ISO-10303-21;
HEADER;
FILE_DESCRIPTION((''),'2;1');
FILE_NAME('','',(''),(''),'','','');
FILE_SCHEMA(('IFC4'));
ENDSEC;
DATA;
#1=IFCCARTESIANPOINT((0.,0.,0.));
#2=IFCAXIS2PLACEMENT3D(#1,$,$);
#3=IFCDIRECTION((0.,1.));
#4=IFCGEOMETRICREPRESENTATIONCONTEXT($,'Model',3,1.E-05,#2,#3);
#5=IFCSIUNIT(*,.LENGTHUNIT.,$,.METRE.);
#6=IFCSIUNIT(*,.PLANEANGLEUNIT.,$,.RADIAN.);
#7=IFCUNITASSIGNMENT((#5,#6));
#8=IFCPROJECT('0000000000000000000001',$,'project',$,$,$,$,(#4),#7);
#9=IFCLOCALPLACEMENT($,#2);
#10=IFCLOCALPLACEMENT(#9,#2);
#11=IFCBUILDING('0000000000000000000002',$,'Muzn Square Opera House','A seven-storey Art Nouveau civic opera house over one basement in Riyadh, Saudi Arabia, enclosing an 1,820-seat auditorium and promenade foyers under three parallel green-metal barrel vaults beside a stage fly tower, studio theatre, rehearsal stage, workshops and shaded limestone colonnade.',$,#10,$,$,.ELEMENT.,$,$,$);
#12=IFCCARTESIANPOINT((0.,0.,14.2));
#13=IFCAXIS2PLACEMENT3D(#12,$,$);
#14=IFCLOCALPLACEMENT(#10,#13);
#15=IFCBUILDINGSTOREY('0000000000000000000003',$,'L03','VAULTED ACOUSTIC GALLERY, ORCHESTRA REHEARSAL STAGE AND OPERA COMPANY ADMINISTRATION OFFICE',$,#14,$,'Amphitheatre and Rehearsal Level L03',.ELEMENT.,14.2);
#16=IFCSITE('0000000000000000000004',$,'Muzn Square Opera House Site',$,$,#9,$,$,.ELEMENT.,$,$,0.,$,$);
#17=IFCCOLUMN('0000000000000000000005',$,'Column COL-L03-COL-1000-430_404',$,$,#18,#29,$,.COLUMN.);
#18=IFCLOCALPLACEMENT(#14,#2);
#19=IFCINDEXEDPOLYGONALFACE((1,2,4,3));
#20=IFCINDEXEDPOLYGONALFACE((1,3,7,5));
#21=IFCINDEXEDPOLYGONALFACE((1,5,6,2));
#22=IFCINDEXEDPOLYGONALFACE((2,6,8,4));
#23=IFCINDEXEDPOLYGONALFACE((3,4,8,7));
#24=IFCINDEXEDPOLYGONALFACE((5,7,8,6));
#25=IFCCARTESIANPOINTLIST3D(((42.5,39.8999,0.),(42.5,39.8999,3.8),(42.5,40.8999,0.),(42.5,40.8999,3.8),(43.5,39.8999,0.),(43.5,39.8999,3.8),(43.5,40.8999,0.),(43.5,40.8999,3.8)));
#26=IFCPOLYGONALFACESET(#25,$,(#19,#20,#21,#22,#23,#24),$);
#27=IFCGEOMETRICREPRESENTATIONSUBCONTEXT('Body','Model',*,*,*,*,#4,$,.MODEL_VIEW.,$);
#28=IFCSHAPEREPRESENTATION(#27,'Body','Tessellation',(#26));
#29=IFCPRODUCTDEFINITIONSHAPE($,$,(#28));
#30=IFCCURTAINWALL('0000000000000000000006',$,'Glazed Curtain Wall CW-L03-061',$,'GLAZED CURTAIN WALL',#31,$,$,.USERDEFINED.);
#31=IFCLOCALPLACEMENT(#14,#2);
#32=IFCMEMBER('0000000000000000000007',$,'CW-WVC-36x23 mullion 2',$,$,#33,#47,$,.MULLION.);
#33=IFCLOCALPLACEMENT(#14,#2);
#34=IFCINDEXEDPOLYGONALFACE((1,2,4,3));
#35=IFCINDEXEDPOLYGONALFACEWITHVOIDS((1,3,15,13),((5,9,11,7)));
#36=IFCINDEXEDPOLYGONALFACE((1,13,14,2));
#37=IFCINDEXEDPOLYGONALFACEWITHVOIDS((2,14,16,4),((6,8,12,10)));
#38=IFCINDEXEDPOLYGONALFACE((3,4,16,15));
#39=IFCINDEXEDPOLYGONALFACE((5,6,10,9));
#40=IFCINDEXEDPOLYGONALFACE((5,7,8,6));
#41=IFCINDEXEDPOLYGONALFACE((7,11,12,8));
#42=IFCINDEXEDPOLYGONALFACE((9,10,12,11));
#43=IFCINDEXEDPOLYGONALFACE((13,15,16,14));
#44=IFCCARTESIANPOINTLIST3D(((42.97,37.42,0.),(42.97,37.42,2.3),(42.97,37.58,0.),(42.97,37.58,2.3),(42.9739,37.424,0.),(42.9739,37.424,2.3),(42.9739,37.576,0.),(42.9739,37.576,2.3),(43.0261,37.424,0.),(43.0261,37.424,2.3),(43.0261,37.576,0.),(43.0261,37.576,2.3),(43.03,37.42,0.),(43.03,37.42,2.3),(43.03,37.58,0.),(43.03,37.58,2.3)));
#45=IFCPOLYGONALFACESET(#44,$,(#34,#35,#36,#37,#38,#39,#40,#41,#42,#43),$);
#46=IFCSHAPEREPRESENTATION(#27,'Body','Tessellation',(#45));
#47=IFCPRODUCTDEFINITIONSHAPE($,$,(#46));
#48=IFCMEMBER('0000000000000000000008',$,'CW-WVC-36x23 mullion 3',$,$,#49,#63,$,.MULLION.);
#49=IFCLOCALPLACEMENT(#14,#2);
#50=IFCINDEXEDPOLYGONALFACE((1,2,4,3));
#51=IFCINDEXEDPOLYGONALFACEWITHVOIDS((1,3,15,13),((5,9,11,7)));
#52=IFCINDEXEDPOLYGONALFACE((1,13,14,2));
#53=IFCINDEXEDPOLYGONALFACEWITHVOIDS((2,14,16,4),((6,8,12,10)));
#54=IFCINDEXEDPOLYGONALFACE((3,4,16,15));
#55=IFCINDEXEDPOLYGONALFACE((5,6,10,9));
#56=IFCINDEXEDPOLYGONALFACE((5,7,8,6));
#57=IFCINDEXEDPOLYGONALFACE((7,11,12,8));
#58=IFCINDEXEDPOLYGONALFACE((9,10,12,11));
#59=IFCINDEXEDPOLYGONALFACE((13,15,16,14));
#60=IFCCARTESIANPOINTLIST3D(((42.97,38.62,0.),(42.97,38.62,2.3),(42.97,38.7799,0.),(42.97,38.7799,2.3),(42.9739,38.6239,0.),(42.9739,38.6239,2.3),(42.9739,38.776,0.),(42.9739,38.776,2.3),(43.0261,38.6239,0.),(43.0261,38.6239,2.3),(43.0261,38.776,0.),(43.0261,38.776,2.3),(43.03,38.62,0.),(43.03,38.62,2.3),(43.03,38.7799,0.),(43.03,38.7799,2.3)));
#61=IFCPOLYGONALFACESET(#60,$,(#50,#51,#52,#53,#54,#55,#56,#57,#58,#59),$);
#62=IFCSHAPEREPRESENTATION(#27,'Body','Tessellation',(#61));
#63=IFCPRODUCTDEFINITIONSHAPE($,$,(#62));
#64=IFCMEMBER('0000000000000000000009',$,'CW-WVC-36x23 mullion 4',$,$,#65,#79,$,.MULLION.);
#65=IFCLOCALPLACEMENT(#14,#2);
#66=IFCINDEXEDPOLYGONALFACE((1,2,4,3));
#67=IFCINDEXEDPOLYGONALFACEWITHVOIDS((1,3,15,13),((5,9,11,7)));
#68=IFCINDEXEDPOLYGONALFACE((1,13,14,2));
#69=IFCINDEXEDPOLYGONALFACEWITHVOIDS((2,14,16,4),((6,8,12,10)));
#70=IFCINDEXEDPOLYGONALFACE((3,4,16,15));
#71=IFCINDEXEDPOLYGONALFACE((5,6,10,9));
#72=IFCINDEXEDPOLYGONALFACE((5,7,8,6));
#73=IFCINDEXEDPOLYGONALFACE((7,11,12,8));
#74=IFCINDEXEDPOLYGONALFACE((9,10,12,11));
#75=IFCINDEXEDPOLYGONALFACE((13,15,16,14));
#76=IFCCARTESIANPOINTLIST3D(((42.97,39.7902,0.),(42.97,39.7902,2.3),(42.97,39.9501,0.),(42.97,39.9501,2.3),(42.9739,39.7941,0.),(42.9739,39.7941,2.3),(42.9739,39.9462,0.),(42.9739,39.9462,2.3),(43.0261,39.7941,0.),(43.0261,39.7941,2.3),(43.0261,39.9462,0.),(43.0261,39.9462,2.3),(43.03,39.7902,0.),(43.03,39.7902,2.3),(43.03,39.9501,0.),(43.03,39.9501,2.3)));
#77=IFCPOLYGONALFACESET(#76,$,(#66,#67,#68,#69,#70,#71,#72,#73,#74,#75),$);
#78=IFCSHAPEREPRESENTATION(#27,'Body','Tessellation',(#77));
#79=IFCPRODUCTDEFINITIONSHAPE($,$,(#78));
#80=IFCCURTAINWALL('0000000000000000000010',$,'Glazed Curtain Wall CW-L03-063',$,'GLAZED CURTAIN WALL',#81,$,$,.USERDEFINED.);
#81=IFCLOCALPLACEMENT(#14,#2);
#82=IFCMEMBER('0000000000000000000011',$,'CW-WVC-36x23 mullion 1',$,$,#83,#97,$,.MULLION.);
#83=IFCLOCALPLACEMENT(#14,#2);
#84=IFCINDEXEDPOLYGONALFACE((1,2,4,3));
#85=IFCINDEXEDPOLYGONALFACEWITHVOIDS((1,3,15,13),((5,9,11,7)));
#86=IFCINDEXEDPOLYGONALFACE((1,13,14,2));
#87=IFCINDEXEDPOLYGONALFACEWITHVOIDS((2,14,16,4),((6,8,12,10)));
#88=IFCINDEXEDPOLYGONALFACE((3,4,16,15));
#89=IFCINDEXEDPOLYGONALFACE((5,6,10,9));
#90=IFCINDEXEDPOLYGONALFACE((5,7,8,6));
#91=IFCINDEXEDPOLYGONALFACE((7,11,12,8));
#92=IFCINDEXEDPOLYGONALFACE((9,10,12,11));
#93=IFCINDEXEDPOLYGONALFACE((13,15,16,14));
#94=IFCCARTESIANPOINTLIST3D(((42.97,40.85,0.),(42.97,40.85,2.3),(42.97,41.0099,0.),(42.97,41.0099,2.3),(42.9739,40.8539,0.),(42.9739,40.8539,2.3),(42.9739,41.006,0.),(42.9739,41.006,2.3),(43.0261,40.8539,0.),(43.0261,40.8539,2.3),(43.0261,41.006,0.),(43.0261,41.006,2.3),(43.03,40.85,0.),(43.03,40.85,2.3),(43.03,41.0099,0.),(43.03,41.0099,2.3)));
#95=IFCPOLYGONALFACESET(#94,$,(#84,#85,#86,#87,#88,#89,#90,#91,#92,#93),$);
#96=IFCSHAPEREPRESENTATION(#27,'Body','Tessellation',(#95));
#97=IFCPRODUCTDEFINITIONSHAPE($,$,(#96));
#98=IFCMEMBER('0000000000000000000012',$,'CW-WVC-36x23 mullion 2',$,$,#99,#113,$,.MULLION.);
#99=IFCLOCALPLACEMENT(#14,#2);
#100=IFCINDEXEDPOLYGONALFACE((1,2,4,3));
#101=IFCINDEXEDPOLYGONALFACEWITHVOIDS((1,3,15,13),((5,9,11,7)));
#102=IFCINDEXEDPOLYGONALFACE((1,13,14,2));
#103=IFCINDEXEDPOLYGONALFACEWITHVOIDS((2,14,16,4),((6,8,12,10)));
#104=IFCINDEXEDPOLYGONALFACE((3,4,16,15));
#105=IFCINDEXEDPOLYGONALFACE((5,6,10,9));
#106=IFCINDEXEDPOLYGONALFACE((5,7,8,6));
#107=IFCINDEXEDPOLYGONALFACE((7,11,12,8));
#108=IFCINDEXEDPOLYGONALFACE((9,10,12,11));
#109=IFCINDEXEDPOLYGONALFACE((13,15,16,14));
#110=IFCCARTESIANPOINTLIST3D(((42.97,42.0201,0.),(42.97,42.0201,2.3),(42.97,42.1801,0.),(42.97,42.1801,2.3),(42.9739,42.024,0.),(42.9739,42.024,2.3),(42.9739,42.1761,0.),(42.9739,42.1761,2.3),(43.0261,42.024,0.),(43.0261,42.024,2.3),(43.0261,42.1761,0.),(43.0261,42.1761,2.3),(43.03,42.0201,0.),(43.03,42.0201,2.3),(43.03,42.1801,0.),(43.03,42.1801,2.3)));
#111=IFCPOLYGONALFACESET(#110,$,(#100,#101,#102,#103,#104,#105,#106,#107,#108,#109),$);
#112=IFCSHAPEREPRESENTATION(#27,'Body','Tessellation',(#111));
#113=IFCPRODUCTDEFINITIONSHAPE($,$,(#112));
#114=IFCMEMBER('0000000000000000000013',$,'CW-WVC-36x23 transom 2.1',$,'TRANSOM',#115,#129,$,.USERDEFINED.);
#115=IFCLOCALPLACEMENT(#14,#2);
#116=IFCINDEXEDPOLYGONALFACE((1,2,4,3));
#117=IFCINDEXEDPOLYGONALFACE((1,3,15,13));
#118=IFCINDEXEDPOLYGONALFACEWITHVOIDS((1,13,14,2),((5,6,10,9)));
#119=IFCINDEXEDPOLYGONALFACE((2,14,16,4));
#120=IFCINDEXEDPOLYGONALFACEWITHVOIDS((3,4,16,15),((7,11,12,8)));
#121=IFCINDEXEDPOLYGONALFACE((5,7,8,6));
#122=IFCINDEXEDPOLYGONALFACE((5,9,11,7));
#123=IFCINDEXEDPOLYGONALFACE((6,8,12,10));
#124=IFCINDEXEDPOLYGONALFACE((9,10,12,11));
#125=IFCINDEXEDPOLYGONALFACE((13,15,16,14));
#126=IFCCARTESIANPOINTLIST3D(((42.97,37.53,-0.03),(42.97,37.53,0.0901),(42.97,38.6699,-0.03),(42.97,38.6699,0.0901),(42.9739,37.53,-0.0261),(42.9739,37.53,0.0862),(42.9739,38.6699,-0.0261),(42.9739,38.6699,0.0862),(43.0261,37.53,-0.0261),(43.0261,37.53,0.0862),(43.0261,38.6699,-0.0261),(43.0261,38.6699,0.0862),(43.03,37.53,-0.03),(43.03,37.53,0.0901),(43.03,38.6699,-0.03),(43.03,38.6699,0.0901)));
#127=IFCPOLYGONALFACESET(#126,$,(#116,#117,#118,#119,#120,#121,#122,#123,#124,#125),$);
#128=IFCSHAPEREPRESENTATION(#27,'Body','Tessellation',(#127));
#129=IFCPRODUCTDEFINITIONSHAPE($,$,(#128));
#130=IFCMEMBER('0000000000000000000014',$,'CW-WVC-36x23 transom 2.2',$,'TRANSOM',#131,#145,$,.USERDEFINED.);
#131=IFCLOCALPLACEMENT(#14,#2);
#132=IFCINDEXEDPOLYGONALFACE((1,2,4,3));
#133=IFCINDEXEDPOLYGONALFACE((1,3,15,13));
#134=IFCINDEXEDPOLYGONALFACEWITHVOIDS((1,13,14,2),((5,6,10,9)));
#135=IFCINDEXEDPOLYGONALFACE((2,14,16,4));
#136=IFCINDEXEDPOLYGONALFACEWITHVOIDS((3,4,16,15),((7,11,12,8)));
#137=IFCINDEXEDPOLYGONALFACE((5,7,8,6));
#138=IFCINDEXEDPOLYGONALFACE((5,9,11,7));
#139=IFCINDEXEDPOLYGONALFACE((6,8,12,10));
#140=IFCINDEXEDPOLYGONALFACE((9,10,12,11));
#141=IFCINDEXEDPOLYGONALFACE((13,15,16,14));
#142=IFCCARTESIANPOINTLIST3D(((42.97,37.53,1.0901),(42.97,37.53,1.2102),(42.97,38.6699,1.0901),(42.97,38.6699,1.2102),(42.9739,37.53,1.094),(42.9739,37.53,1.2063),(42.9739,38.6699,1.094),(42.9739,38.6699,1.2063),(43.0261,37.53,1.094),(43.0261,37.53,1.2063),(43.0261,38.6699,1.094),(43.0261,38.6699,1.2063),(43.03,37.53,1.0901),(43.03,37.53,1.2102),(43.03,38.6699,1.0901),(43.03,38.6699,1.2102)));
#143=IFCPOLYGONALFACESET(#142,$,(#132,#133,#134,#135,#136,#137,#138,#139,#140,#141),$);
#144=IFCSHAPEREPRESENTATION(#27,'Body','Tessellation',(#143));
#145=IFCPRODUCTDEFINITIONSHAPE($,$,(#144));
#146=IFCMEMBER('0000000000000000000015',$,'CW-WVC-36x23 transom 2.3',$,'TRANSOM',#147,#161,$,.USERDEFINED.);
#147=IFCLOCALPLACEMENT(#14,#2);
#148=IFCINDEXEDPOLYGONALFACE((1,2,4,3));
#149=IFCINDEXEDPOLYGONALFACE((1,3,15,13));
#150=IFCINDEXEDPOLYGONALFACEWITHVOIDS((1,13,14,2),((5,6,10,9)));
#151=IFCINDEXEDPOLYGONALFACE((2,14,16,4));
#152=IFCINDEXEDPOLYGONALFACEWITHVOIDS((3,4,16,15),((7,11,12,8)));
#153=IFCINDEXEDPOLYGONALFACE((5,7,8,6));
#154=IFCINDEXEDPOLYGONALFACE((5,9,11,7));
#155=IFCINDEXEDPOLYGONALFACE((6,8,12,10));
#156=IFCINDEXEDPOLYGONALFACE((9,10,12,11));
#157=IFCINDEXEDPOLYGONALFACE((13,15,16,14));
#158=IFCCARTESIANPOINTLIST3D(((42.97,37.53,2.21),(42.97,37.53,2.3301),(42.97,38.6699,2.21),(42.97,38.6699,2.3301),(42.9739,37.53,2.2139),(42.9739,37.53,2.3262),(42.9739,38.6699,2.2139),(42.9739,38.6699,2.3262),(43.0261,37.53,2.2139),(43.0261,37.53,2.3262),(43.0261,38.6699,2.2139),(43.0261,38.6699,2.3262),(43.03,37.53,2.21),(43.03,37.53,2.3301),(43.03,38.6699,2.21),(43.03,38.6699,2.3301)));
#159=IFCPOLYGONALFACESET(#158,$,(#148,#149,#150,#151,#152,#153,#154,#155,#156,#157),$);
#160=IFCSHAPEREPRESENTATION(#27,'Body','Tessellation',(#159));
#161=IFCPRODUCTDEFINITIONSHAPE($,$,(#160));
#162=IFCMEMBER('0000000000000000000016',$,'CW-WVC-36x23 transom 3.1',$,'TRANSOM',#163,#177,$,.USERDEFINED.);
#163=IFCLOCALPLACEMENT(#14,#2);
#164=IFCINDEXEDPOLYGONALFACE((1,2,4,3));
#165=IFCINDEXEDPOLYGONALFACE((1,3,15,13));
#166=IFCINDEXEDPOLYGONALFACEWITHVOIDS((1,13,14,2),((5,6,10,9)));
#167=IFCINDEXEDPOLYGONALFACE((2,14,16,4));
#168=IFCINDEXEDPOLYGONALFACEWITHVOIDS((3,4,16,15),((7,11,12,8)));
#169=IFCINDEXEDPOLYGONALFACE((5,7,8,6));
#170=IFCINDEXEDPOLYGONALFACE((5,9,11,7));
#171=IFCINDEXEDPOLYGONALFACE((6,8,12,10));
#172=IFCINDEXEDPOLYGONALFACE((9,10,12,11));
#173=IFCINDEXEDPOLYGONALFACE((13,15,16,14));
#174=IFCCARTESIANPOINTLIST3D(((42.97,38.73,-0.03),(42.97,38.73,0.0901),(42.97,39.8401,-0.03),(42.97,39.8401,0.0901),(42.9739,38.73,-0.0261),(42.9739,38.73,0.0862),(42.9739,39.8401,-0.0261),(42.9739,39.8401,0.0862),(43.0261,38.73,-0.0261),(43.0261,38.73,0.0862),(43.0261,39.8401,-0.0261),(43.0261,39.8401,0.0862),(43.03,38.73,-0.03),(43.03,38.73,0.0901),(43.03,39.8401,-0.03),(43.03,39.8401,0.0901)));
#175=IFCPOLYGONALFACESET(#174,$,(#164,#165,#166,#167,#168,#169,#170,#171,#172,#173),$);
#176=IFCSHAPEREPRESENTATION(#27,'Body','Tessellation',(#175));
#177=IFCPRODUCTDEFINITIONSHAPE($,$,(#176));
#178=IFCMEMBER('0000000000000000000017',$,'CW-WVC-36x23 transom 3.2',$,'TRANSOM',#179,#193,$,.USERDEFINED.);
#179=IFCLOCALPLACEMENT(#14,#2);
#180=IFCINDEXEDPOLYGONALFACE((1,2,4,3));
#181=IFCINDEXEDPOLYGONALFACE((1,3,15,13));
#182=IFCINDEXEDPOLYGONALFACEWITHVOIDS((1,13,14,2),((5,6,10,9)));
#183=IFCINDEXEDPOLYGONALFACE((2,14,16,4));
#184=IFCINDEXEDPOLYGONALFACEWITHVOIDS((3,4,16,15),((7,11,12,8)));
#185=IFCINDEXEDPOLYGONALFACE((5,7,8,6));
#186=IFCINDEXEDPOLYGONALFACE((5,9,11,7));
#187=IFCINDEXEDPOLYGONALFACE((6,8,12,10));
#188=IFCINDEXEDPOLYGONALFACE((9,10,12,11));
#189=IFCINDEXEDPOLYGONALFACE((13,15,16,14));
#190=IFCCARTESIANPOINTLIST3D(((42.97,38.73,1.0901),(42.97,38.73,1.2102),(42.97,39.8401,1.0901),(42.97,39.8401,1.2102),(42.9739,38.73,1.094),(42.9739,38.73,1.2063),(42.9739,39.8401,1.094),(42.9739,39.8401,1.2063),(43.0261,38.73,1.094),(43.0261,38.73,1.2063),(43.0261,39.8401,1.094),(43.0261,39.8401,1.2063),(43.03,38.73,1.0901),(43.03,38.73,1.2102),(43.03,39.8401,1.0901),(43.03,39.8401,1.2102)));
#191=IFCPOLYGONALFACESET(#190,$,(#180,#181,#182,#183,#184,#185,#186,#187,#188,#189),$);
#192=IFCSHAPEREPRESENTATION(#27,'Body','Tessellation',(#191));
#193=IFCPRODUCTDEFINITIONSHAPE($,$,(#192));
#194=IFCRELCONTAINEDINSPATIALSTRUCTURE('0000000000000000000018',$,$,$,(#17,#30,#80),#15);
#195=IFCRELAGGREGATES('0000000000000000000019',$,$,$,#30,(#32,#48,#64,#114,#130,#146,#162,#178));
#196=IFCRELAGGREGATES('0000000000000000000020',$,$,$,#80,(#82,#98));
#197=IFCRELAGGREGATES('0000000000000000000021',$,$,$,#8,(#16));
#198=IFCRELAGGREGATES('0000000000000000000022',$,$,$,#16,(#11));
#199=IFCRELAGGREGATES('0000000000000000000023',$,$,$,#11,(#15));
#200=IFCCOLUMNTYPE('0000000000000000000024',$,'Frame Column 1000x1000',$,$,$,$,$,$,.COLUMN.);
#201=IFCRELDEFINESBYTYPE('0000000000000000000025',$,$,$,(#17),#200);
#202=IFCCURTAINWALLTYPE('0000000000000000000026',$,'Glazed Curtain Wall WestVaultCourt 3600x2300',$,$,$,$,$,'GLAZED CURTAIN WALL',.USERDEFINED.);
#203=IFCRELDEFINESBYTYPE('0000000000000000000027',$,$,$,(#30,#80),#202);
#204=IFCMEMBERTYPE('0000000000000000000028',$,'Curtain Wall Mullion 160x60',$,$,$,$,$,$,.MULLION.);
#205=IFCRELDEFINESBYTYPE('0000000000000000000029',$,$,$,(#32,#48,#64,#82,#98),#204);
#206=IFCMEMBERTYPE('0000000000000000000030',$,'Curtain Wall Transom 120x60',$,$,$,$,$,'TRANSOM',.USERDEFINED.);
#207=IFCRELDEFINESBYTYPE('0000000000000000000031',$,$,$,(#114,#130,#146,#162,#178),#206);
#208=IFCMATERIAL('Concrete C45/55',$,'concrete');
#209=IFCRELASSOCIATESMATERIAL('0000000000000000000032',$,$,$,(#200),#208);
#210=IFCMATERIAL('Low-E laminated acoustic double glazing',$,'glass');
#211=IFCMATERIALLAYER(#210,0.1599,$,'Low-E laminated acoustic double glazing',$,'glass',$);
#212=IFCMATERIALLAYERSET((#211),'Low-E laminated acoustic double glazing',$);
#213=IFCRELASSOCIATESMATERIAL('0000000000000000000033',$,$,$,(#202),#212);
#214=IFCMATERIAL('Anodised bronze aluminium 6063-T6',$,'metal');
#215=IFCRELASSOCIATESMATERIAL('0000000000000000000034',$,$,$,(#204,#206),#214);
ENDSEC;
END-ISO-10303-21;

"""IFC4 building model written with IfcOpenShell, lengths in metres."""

from ifc_helpers import new_model, si_unit, direction, frame, origin, origin_2d, place, context, subcontext, project, spatial, rectangle, hollow_rectangle, extrude, material, layer, layer_set, material_profile, profile_set, type_object, element, aggregate, save


model = new_model("IFC4")

# Units and contexts
model_context = context("Model", 3, precision=1e-05, world=origin(), true_north=direction((0.0, 1.0)))
body_context = subcontext(model_context, "Body", "Model", "MODEL_VIEW")
ifc_project = project(units=[si_unit("LENGTHUNIT", "METRE"), si_unit("PLANEANGLEUNIT", "RADIAN")], contexts=[model_context])

# Site, building, storey
site_placement = place(None, origin())
site = spatial("IfcSite", under=ifc_project, at=site_placement, Name="Muzn Square Opera House Site", CompositionType="ELEMENT", RefElevation=0.0)
building_placement = place(site_placement, origin())
building = spatial("IfcBuilding", under=site, at=building_placement, Name="Muzn Square Opera House", Description="A seven-storey Art Nouveau civic opera house over one basement in Riyadh, Saudi Arabia, enclosing an 1,820-seat auditorium and promenade foyers under three parallel green-metal barrel vaults beside a stage fly tower, studio theatre, rehearsal stage, workshops and shaded limestone colonnade.", CompositionType="ELEMENT")
storey_placement = place(building_placement, frame((0.0, 0.0, 14.2)))
storey = spatial("IfcBuildingStorey", under=building, at=storey_placement, Name="L03", Description="VAULTED ACOUSTIC GALLERY, ORCHESTRA REHEARSAL STAGE AND OPERA COMPANY ADMINISTRATION OFFICE", LongName="Amphitheatre and Rehearsal Level L03", CompositionType="ELEMENT", Elevation=14.2)

# Column
ifc_material_1 = material(Name="Concrete C45/55", Category="concrete")
ifc_material_profile_1 = material_profile(ifc_material_1, rectangle(XDim=1.0, YDim=1.0, at=origin_2d()), Name="RC 1000x1000", Category="concrete")
ifc_profile_set_1 = profile_set([ifc_material_profile_1], Name="Concrete C45/55")
column_type = type_object("IfcColumnType", Name="Frame Column 1000x1000", PredefinedType="COLUMN", material=ifc_profile_set_1)
column_placement = place(storey_placement, frame((43.0, 40.3999, 0.0), z_axis=(0.0, 0.0, 1.0), x_axis=(1.0, 0.0, 0.0)))
element("IfcColumn", 1, at=column_placement, inside=storey, type_object=column_type, Name="Column COL-L03-COL-1000-430_404", PredefinedType="COLUMN", context=body_context, shape_type="SweptSolid", body=[
    extrude(rectangle(XDim=1.0, YDim=1.0, at=origin_2d()), origin(), (0.0, 0.0, 1.0), 3.8),
])

# Curtain walls, members
ifc_material_2 = material(Name="Low-E laminated acoustic double glazing", Category="glass")
ifc_layer_1 = layer(ifc_material_2, 0.1599, Name="Low-E laminated acoustic double glazing", Category="glass")
ifc_layer_set_1 = layer_set([ifc_layer_1], Name="Low-E laminated acoustic double glazing")
curtain_wall_type = type_object("IfcCurtainWallType", Name="Glazed Curtain Wall WestVaultCourt 3600x2300", ElementType="GLAZED CURTAIN WALL", PredefinedType="USERDEFINED", material=ifc_layer_set_1)
curtain_wall_1_placement = place(storey_placement, origin())
curtain_wall_1 = element("IfcCurtainWall", 2, at=curtain_wall_1_placement, inside=storey, type_object=curtain_wall_type, Name="Glazed Curtain Wall CW-L03-061", ObjectType="GLAZED CURTAIN WALL", PredefinedType="USERDEFINED")
ifc_material_3 = material(Name="Anodised bronze aluminium 6063-T6", Category="metal")
ifc_material_profile_2 = material_profile(ifc_material_3, hollow_rectangle(XDim=0.0601, YDim=0.1599, WallThickness=0.0039, at=origin_2d()), Name="ALU 160x60x4", Category="metal")
ifc_profile_set_2 = profile_set([ifc_material_profile_2], Name="Anodised bronze aluminium 6063-T6")
member_type_1 = type_object("IfcMemberType", Name="Curtain Wall Mullion 160x60", PredefinedType="MULLION", material=ifc_profile_set_2)
member_1_placement = place(storey_placement, frame((43.0, 37.5, 0.0), z_axis=(0.0, 0.0, 1.0), x_axis=(-1.0, 0.0, 0.0)))
member_1 = element("IfcMember", 3, at=member_1_placement, type_object=member_type_1, Name="CW-WVC-36x23 mullion 2", PredefinedType="MULLION", context=body_context, shape_type="SweptSolid", body=[
    extrude(hollow_rectangle(XDim=0.0601, YDim=0.1599, WallThickness=0.0039, at=origin_2d()), origin(), (0.0, 0.0, 1.0), 2.3),
])
member_2_placement = place(storey_placement, frame((43.0, 38.7, 0.0), z_axis=(0.0, 0.0, 1.0), x_axis=(-1.0, 0.0, 0.0)))
member_2 = element("IfcMember", 4, at=member_2_placement, type_object=member_type_1, Name="CW-WVC-36x23 mullion 3", PredefinedType="MULLION", context=body_context, shape_type="SweptSolid", body=[
    extrude(hollow_rectangle(XDim=0.0601, YDim=0.1599, WallThickness=0.0039, at=origin_2d()), origin(), (0.0, 0.0, 1.0), 2.3),
])
member_3_placement = place(storey_placement, frame((43.0, 39.8701, 0.0), z_axis=(0.0, 0.0, 1.0), x_axis=(-1.0, 0.0, 0.0)))
member_3 = element("IfcMember", 5, at=member_3_placement, type_object=member_type_1, Name="CW-WVC-36x23 mullion 4", PredefinedType="MULLION", context=body_context, shape_type="SweptSolid", body=[
    extrude(hollow_rectangle(XDim=0.0601, YDim=0.1599, WallThickness=0.0039, at=origin_2d()), origin(), (0.0, 0.0, 1.0), 2.3),
])
curtain_wall_2_placement = place(storey_placement, origin())
curtain_wall_2 = element("IfcCurtainWall", 6, at=curtain_wall_2_placement, inside=storey, type_object=curtain_wall_type, Name="Glazed Curtain Wall CW-L03-063", ObjectType="GLAZED CURTAIN WALL", PredefinedType="USERDEFINED")
member_4_placement = place(storey_placement, frame((43.0, 40.9299, 0.0), z_axis=(0.0, 0.0, 1.0), x_axis=(-1.0, 0.0, 0.0)))
member_4 = element("IfcMember", 7, at=member_4_placement, type_object=member_type_1, Name="CW-WVC-36x23 mullion 1", PredefinedType="MULLION", context=body_context, shape_type="SweptSolid", body=[
    extrude(hollow_rectangle(XDim=0.0601, YDim=0.1599, WallThickness=0.0039, at=origin_2d()), origin(), (0.0, 0.0, 1.0), 2.3),
])
member_5_placement = place(storey_placement, frame((43.0, 42.1001, 0.0), z_axis=(0.0, 0.0, 1.0), x_axis=(-1.0, 0.0, 0.0)))
member_5 = element("IfcMember", 8, at=member_5_placement, type_object=member_type_1, Name="CW-WVC-36x23 mullion 2", PredefinedType="MULLION", context=body_context, shape_type="SweptSolid", body=[
    extrude(hollow_rectangle(XDim=0.0601, YDim=0.1599, WallThickness=0.0039, at=origin_2d()), origin(), (0.0, 0.0, 1.0), 2.3),
])

# Members
ifc_material_profile_3 = material_profile(ifc_material_3, hollow_rectangle(XDim=0.0601, YDim=0.1201, WallThickness=0.0039, at=origin_2d()), Name="ALU 120x60x4", Category="metal")
ifc_profile_set_3 = profile_set([ifc_material_profile_3], Name="Anodised bronze aluminium 6063-T6")
member_type_2 = type_object("IfcMemberType", Name="Curtain Wall Transom 120x60", ElementType="TRANSOM", PredefinedType="USERDEFINED", material=ifc_profile_set_3)
member_6_placement = place(storey_placement, frame((43.0, 37.53, 0.03), z_axis=(0.0, 1.0, 0.0), x_axis=(-1.0, 0.0, 0.0)))
member_6 = element("IfcMember", 9, at=member_6_placement, type_object=member_type_2, Name="CW-WVC-36x23 transom 2.1", ObjectType="TRANSOM", PredefinedType="USERDEFINED", context=body_context, shape_type="SweptSolid", body=[
    extrude(hollow_rectangle(XDim=0.0601, YDim=0.1201, WallThickness=0.0039, at=origin_2d()), origin(), (0.0, 0.0, 1.0), 1.1399),
])
member_7_placement = place(storey_placement, frame((43.0, 37.53, 1.1501), z_axis=(0.0, 1.0, 0.0), x_axis=(-1.0, 0.0, 0.0)))
member_7 = element("IfcMember", 10, at=member_7_placement, type_object=member_type_2, Name="CW-WVC-36x23 transom 2.2", ObjectType="TRANSOM", PredefinedType="USERDEFINED", context=body_context, shape_type="SweptSolid", body=[
    extrude(hollow_rectangle(XDim=0.0601, YDim=0.1201, WallThickness=0.0039, at=origin_2d()), origin(), (0.0, 0.0, 1.0), 1.1399),
])
member_8_placement = place(storey_placement, frame((43.0, 37.53, 2.27), z_axis=(0.0, 1.0, 0.0), x_axis=(-1.0, 0.0, 0.0)))
member_8 = element("IfcMember", 11, at=member_8_placement, type_object=member_type_2, Name="CW-WVC-36x23 transom 2.3", ObjectType="TRANSOM", PredefinedType="USERDEFINED", context=body_context, shape_type="SweptSolid", body=[
    extrude(hollow_rectangle(XDim=0.0601, YDim=0.1201, WallThickness=0.0039, at=origin_2d()), origin(), (0.0, 0.0, 1.0), 1.1399),
])
member_9_placement = place(storey_placement, frame((43.0, 38.73, 0.03), z_axis=(0.0, 1.0, 0.0), x_axis=(-1.0, 0.0, 0.0)))
member_9 = element("IfcMember", 12, at=member_9_placement, type_object=member_type_2, Name="CW-WVC-36x23 transom 3.1", ObjectType="TRANSOM", PredefinedType="USERDEFINED", context=body_context, shape_type="SweptSolid", body=[
    extrude(hollow_rectangle(XDim=0.0601, YDim=0.1201, WallThickness=0.0039, at=origin_2d()), origin(), (0.0, 0.0, 1.0), 1.1101),
])
member_10_placement = place(storey_placement, frame((43.0, 38.73, 1.1501), z_axis=(0.0, 1.0, 0.0), x_axis=(-1.0, 0.0, 0.0)))
member_10 = element("IfcMember", 13, at=member_10_placement, type_object=member_type_2, Name="CW-WVC-36x23 transom 3.2", ObjectType="TRANSOM", PredefinedType="USERDEFINED", context=body_context, shape_type="SweptSolid", body=[
    extrude(hollow_rectangle(XDim=0.0601, YDim=0.1201, WallThickness=0.0039, at=origin_2d()), origin(), (0.0, 0.0, 1.0), 1.1101),
])

aggregate(curtain_wall_1, [member_1, member_2, member_3, member_6, member_7, member_8, member_9, member_10])
aggregate(curtain_wall_2, [member_4, member_5])

save(model, "model.ifc")
